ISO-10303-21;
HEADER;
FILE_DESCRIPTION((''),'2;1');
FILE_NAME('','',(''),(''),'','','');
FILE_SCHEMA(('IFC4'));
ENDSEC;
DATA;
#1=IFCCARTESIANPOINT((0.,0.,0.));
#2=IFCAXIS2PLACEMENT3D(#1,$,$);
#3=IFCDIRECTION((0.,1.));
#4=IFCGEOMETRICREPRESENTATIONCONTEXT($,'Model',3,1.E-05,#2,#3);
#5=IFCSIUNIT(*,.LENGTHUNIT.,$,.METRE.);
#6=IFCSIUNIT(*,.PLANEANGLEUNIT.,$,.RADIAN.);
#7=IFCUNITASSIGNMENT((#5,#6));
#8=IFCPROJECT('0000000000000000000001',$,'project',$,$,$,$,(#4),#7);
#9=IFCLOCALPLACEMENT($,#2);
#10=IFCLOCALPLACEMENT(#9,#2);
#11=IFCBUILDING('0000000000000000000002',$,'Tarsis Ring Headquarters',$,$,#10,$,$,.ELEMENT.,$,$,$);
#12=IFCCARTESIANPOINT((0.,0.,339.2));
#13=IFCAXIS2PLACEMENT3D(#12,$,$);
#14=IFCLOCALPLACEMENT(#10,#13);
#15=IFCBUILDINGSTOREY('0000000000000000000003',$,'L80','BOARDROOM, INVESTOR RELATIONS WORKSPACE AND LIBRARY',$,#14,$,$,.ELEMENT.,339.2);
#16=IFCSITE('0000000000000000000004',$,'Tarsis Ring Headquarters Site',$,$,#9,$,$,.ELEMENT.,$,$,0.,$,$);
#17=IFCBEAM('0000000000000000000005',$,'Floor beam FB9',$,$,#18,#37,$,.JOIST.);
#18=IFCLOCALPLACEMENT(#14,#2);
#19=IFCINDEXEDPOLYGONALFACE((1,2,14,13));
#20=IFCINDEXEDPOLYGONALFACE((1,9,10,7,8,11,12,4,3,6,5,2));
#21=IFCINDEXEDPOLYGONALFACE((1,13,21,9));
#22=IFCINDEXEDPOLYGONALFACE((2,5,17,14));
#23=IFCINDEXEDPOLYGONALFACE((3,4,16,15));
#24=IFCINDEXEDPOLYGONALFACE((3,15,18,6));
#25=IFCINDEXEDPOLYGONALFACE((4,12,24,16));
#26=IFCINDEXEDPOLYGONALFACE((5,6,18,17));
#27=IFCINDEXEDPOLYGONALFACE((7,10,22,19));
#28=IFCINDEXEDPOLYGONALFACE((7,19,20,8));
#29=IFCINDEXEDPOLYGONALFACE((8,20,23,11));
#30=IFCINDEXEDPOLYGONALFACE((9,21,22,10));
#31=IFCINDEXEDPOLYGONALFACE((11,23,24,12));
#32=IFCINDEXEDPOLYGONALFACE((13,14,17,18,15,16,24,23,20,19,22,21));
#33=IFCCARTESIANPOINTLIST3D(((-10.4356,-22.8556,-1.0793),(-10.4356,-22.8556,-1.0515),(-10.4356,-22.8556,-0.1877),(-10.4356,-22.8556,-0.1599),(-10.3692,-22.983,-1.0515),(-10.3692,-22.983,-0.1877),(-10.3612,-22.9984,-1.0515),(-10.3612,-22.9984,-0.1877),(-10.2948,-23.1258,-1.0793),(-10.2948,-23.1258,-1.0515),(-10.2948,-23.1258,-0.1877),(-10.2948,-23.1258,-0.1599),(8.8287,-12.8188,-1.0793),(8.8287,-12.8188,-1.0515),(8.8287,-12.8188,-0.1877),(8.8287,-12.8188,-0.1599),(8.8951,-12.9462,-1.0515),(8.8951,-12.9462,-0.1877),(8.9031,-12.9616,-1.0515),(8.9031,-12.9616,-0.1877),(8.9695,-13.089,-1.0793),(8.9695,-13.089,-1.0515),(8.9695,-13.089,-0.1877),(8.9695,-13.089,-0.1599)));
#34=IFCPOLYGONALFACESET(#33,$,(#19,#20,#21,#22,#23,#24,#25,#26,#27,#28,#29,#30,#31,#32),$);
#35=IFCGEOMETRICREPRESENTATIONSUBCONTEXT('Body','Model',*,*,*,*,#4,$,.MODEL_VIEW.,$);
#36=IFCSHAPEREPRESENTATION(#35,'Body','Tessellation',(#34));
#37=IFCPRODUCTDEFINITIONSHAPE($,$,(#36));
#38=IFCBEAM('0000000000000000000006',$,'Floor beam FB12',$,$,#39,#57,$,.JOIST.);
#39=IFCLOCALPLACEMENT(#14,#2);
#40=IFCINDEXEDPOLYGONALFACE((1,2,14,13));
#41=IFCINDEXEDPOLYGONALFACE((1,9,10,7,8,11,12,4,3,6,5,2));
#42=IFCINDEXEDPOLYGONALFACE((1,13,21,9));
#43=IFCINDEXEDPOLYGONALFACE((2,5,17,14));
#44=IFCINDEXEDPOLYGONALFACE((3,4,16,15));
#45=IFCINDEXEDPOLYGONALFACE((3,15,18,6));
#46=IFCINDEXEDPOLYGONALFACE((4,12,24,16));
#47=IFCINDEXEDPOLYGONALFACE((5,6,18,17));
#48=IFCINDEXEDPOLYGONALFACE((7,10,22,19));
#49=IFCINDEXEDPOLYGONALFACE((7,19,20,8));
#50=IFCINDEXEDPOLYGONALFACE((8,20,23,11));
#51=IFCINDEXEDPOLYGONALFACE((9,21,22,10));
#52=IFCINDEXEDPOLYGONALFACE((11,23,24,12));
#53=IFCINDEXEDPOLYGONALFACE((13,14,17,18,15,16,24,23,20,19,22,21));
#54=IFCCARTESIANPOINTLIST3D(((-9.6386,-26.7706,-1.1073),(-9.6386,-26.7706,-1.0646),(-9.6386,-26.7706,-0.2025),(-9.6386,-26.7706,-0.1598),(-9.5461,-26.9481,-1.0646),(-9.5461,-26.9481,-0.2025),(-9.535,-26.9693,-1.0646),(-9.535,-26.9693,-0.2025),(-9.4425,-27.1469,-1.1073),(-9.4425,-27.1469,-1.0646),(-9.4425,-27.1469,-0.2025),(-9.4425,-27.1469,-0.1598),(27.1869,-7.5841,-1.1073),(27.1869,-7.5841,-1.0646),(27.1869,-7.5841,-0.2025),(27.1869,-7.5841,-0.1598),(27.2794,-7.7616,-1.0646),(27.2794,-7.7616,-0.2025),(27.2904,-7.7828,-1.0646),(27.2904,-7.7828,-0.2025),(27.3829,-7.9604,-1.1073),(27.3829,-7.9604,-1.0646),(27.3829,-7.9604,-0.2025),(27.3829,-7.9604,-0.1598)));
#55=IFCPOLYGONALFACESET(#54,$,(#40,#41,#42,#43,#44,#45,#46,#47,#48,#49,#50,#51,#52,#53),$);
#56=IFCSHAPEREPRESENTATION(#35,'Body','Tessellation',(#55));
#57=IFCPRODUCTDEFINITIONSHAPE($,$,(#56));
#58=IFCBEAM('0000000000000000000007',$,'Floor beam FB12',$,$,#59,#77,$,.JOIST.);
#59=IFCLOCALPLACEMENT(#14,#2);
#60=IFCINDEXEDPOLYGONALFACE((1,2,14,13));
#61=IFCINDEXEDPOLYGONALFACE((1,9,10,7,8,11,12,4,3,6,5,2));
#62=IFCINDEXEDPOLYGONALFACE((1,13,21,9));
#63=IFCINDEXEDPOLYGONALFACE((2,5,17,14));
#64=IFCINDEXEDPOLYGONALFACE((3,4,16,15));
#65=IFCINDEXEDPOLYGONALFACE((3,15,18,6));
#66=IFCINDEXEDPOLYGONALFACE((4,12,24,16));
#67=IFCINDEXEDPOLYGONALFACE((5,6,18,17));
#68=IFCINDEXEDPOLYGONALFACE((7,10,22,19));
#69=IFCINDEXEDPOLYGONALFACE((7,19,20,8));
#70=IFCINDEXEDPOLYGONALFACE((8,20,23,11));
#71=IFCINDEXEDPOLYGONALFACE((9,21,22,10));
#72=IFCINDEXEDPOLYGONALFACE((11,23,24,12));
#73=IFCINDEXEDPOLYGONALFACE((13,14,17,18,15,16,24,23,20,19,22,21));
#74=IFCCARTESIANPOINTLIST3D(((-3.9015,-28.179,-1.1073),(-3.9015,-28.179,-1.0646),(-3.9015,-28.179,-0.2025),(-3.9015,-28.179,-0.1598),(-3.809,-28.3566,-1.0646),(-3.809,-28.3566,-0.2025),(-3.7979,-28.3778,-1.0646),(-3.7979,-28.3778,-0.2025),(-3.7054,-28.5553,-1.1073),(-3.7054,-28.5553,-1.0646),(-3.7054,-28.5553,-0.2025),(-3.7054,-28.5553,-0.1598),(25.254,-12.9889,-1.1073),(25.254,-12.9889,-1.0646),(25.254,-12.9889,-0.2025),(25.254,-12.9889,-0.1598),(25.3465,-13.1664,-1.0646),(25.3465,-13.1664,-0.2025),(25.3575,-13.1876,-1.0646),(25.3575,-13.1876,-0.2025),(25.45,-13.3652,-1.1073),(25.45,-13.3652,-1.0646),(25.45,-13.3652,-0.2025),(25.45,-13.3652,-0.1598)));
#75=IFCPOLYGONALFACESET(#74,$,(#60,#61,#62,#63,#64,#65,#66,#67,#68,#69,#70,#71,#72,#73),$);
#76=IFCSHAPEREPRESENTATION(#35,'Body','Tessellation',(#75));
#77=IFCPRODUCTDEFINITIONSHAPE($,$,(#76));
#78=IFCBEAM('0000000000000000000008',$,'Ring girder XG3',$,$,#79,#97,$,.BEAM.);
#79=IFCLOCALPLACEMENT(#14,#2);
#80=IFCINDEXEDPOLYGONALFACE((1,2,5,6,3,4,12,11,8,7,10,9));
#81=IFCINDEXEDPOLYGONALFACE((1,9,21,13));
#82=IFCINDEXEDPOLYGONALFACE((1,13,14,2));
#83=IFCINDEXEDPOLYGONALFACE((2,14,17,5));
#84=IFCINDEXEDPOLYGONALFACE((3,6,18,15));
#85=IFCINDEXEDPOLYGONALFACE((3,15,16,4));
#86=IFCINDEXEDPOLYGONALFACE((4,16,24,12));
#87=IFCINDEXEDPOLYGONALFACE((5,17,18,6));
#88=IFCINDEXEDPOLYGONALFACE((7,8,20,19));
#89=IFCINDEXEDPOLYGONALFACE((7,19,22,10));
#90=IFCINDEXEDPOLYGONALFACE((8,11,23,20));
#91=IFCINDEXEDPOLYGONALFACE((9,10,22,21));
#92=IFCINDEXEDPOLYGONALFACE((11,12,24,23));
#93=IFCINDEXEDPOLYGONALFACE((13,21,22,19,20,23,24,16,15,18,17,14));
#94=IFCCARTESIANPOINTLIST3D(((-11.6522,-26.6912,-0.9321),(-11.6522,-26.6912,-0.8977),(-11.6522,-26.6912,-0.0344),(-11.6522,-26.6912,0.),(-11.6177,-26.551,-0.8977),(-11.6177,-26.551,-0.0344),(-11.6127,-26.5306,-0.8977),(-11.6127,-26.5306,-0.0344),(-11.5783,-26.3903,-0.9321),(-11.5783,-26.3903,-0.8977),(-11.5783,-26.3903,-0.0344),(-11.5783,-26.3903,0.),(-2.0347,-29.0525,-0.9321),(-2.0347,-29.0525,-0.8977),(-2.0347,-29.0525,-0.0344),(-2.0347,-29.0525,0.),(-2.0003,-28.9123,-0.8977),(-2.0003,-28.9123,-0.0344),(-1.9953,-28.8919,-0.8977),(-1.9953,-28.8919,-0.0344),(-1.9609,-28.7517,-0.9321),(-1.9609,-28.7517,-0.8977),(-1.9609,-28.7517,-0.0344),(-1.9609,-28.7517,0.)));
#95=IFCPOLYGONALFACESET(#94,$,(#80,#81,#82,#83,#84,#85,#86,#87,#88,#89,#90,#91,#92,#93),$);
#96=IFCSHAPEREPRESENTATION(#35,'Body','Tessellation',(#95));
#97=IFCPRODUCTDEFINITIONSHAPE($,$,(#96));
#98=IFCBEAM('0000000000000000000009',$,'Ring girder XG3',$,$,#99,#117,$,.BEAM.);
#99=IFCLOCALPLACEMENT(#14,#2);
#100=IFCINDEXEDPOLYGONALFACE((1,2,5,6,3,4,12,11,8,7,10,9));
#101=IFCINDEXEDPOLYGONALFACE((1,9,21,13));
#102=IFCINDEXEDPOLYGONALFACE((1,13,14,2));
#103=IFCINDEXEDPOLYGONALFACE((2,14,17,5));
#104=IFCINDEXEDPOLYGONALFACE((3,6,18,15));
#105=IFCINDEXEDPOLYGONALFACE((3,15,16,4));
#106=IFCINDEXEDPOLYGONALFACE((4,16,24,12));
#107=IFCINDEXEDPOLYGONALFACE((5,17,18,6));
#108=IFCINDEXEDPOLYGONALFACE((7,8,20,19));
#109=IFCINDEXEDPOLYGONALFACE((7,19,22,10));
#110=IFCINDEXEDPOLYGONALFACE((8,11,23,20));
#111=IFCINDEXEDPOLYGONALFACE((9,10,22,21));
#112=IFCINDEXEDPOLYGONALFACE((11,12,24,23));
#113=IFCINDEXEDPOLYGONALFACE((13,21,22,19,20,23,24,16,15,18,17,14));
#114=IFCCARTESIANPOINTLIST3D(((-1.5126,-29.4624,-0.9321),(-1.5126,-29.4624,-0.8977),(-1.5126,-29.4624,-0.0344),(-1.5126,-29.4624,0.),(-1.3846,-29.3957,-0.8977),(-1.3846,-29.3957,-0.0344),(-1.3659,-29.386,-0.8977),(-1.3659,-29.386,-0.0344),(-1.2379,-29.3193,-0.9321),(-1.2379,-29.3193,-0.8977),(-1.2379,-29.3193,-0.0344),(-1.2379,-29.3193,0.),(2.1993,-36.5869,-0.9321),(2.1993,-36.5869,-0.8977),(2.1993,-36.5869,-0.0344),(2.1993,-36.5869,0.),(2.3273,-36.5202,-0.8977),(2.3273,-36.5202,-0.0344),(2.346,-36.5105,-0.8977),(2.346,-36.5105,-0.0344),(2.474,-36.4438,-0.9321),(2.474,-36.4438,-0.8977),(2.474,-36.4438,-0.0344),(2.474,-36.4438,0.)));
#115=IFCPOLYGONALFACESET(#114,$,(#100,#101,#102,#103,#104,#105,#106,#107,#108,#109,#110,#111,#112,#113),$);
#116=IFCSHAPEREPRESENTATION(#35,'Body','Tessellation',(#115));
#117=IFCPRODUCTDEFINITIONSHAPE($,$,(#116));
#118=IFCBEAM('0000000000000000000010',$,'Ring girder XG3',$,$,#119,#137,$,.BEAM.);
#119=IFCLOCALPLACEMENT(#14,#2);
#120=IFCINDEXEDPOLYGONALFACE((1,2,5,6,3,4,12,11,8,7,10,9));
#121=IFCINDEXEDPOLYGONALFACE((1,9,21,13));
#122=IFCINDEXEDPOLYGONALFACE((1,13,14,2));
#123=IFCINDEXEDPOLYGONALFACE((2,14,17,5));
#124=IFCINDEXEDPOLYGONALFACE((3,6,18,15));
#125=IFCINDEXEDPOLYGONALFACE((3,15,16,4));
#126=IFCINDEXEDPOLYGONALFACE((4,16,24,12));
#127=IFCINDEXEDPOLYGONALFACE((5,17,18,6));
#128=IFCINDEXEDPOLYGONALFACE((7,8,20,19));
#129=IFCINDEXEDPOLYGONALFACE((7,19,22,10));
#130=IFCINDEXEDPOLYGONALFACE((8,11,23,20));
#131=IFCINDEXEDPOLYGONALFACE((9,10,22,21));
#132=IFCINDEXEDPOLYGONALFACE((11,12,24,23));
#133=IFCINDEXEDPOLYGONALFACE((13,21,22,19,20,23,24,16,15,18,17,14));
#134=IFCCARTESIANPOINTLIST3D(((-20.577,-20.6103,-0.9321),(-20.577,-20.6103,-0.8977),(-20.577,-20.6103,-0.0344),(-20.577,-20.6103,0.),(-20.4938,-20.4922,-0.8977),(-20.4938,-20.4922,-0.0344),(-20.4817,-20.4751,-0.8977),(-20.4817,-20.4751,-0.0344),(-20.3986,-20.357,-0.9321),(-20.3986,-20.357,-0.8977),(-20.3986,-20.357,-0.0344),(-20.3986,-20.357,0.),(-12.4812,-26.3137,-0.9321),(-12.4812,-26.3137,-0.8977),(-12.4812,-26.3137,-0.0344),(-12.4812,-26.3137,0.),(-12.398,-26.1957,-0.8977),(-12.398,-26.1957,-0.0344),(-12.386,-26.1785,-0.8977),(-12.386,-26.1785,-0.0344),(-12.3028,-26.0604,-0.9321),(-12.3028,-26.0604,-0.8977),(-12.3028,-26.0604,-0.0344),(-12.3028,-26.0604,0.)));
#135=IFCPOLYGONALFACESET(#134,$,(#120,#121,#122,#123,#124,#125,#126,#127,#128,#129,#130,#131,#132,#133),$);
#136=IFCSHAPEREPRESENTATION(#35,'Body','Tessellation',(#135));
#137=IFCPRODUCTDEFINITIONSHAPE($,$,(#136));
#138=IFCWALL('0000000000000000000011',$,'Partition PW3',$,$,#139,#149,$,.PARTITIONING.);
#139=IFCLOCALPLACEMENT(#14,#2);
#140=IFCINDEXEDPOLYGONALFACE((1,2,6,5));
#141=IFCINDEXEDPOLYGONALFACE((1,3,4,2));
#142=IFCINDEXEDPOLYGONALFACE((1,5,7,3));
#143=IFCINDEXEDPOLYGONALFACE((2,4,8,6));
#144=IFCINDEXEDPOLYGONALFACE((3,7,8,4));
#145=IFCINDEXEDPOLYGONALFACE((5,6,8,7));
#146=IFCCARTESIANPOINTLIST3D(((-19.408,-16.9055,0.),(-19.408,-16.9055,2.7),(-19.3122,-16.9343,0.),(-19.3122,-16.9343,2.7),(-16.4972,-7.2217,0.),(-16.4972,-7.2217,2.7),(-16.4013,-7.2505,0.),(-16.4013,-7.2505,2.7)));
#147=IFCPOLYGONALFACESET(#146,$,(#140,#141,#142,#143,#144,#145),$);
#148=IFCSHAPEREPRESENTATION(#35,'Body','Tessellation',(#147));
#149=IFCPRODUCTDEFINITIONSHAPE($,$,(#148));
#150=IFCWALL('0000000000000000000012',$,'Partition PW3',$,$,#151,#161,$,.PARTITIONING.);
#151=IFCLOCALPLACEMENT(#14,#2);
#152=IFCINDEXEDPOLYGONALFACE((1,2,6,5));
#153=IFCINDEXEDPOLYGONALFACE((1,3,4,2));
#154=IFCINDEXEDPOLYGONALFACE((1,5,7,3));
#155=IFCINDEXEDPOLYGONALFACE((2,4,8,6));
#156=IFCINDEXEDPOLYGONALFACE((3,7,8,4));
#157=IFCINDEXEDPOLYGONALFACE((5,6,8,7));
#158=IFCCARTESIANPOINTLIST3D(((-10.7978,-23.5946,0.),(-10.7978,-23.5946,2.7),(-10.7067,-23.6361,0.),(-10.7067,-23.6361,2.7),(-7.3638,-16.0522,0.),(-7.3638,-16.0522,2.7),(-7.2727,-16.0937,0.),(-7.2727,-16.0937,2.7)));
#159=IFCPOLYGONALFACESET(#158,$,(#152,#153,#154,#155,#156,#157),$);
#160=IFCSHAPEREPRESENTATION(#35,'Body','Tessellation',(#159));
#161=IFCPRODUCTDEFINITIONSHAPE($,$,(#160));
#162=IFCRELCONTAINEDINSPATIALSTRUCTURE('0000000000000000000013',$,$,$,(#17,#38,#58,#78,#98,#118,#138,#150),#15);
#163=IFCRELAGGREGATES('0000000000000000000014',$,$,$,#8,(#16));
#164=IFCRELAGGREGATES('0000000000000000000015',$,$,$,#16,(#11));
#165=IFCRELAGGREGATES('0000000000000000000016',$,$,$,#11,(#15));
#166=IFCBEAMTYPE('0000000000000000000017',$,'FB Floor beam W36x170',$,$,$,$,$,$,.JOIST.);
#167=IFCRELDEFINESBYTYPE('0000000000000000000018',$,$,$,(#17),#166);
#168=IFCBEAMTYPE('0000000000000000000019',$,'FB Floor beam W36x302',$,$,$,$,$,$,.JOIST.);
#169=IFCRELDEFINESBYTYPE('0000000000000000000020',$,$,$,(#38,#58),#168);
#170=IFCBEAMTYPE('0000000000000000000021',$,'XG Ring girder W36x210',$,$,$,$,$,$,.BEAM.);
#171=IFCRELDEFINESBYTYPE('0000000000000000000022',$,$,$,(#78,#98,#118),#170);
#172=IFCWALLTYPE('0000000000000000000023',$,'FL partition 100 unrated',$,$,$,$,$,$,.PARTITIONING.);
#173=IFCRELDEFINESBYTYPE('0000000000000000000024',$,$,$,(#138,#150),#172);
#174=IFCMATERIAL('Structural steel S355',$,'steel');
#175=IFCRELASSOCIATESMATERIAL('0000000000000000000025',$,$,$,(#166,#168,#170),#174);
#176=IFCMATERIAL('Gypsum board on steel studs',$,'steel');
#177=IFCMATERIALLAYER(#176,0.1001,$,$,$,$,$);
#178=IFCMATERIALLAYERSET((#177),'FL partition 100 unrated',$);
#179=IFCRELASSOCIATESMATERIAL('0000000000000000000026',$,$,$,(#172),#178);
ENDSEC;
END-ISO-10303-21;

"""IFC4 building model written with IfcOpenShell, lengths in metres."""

from ifc_helpers import new_model, si_unit, direction, frame, frame_2d, origin, origin_2d, place, context, subcontext, project, spatial, rectangle, i_section, extrude, material, layer, layer_set, material_profile, profile_set, type_object, element, save


model = new_model("IFC4")

# Units and contexts
model_context = context("Model", 3, precision=1e-05, world=origin(), true_north=direction((0.0, 1.0)))
body_context = subcontext(model_context, "Body", "Model", "MODEL_VIEW")
ifc_project = project(units=[si_unit("LENGTHUNIT", "METRE"), si_unit("PLANEANGLEUNIT", "RADIAN")], contexts=[model_context])

# Site, building, storey
site_placement = place(None, origin())
site = spatial("IfcSite", under=ifc_project, at=site_placement, Name="Tarsis Ring Headquarters Site", CompositionType="ELEMENT", RefElevation=0.0)
building_placement = place(site_placement, origin())
building = spatial("IfcBuilding", under=site, at=building_placement, Name="Tarsis Ring Headquarters", CompositionType="ELEMENT")
storey_placement = place(building_placement, frame((0.0, 0.0, 339.2)))
storey = spatial("IfcBuildingStorey", under=building, at=storey_placement, Name="L80", Description="BOARDROOM, INVESTOR RELATIONS WORKSPACE AND LIBRARY", CompositionType="ELEMENT", Elevation=339.2)

# Shared definitions
ifc_material_1 = material(Name="Structural steel S355", Category="steel")

# Beams
ifc_material_profile_1 = material_profile(ifc_material_1, i_section(OverallWidth=0.3047, OverallDepth=0.9194, WebThickness=0.0173, FlangeThickness=0.0278, at=origin_2d()), Name="W36x170")
ifc_profile_set_1 = profile_set([ifc_material_profile_1], Name="Structural steel S355")
beam_type_1 = type_object("IfcBeamType", Name="FB Floor beam W36x170", PredefinedType="JOIST", material=ifc_profile_set_1)
beam_1_placement = place(storey_placement, frame((-10.3652, -22.9907, -0.6196), z_axis=(0.886851, 0.462055, 0.0), x_axis=(-0.462055, 0.886851, 0.0)))
element("IfcBeam", 1, at=beam_1_placement, inside=storey, type_object=beam_type_1, Name="Floor beam FB9", PredefinedType="JOIST", context=body_context, shape_type="SweptSolid", body=[
    extrude(i_section(OverallWidth=0.3047, OverallDepth=0.9194, WebThickness=0.0173, FlangeThickness=0.0278, at=origin_2d()), origin(), (0.0, 0.0, 1.0), 21.7222),
])
ifc_material_profile_2 = material_profile(ifc_material_1, i_section(OverallWidth=0.4243, OverallDepth=0.9475, WebThickness=0.0239, FlangeThickness=0.0427, at=origin_2d()), Name="W36x302")
ifc_profile_set_2 = profile_set([ifc_material_profile_2], Name="Structural steel S355")
beam_type_2 = type_object("IfcBeamType", Name="FB Floor beam W36x302", PredefinedType="JOIST", material=ifc_profile_set_2)
beam_2_placement = place(storey_placement, frame((-9.5405, -26.9587, -0.6335), z_axis=(0.886849, 0.46206, 0.0), x_axis=(-0.46206, 0.886849, 0.0)))
element("IfcBeam", 2, at=beam_2_placement, inside=storey, type_object=beam_type_2, Name="Floor beam FB12", PredefinedType="JOIST", context=body_context, shape_type="SweptSolid", body=[
    extrude(i_section(OverallWidth=0.4243, OverallDepth=0.9475, WebThickness=0.0239, FlangeThickness=0.0427, at=origin_2d()), origin(), (0.0, 0.0, 1.0), 41.5239),
])
beam_3_placement = place(storey_placement, frame((-3.8035, -28.3672, -0.6335), z_axis=(0.886852, 0.462055, 0.0), x_axis=(-0.462055, 0.886852, 0.0)))
element("IfcBeam", 3, at=beam_3_placement, inside=storey, type_object=beam_type_2, Name="Floor beam FB12", PredefinedType="JOIST", context=body_context, shape_type="SweptSolid", body=[
    extrude(i_section(OverallWidth=0.4243, OverallDepth=0.9475, WebThickness=0.0239, FlangeThickness=0.0427, at=origin_2d()), origin(), (0.0, 0.0, 1.0), 32.8752),
])
ifc_material_profile_3 = material_profile(ifc_material_1, i_section(OverallWidth=0.3098, OverallDepth=0.9321, WebThickness=0.021, FlangeThickness=0.0344, at=origin_2d()), Name="W36x210")
ifc_profile_set_3 = profile_set([ifc_material_profile_3], Name="Structural steel S355")
beam_type_3 = type_object("IfcBeamType", Name="XG Ring girder W36x210", PredefinedType="BEAM", material=ifc_profile_set_3)
beam_4_placement = place(storey_placement, frame((-11.6152, -26.5408, -0.4661), z_axis=(0.971156, -0.238444, 0.0), x_axis=(0.238444, 0.971156, 0.0)))
element("IfcBeam", 4, at=beam_4_placement, inside=storey, type_object=beam_type_3, Name="Ring girder XG3", PredefinedType="BEAM", context=body_context, shape_type="SweptSolid", body=[
    extrude(i_section(OverallWidth=0.3098, OverallDepth=0.9321, WebThickness=0.021, FlangeThickness=0.0344, at=origin_2d()), origin(), (0.0, 0.0, 1.0), 9.9031),
])
beam_5_placement = place(storey_placement, frame((-1.3752, -29.3909, -0.4661), z_axis=(0.462055, -0.886851, 0.0), x_axis=(0.886851, 0.462055, 0.0)))
element("IfcBeam", 5, at=beam_5_placement, inside=storey, type_object=beam_type_3, Name="Ring girder XG3", PredefinedType="BEAM", context=body_context, shape_type="SweptSolid", body=[
    extrude(i_section(OverallWidth=0.3098, OverallDepth=0.9321, WebThickness=0.021, FlangeThickness=0.0344, at=origin_2d()), origin(), (0.0, 0.0, 1.0), 8.0334),
])
beam_6_placement = place(storey_placement, frame((-20.4878, -20.4836, -0.4661), z_axis=(0.817502, -0.575925, 0.0), x_axis=(0.575925, 0.817502, 0.0)))
element("IfcBeam", 6, at=beam_6_placement, inside=storey, type_object=beam_type_3, Name="Ring girder XG3", PredefinedType="BEAM", context=body_context, shape_type="SweptSolid", body=[
    extrude(i_section(OverallWidth=0.3098, OverallDepth=0.9321, WebThickness=0.021, FlangeThickness=0.0344, at=origin_2d()), origin(), (0.0, 0.0, 1.0), 9.9031),
])

# Walls
ifc_material_2 = material(Name="Gypsum board on steel studs", Category="steel")
ifc_layer_1 = layer(ifc_material_2, 0.1001)
ifc_layer_set_1 = layer_set([ifc_layer_1], Name="FL partition 100 unrated")
wall_type_1 = type_object("IfcWallType", Name="FL partition 100 unrated", PredefinedType="PARTITIONING", material=ifc_layer_set_1)
wall_1_placement = place(storey_placement, frame((-19.3601, -16.9199, 0.0), z_axis=(0.0, 0.0, 1.0), x_axis=(0.287868, 0.95767, 0.0)))
element("IfcWall", 7, at=wall_1_placement, inside=storey, type_object=wall_type_1, Name="Partition PW3", PredefinedType="PARTITIONING", context=body_context, shape_type="SweptSolid", body=[
    extrude(rectangle(XDim=10.1118, YDim=0.1001, at=frame_2d((5.0559, 0.0))), origin(), (0.0, 0.0, 1.0), 2.7),
])
wall_2_placement = place(storey_placement, frame((-10.7522, -23.6152, 0.0), z_axis=(0.0, 0.0, 1.0), x_axis=(0.414371, 0.910108, 0.0)))
element("IfcWall", 8, at=wall_2_placement, inside=storey, type_object=wall_type_1, Name="Partition PW3", PredefinedType="PARTITIONING", context=body_context, shape_type="SweptSolid", body=[
    extrude(rectangle(XDim=8.2874, YDim=0.1001, at=frame_2d((4.1436, 0.0))), origin(), (0.0, 0.0, 1.0), 2.7),
])

save(model, "model.ifc")
